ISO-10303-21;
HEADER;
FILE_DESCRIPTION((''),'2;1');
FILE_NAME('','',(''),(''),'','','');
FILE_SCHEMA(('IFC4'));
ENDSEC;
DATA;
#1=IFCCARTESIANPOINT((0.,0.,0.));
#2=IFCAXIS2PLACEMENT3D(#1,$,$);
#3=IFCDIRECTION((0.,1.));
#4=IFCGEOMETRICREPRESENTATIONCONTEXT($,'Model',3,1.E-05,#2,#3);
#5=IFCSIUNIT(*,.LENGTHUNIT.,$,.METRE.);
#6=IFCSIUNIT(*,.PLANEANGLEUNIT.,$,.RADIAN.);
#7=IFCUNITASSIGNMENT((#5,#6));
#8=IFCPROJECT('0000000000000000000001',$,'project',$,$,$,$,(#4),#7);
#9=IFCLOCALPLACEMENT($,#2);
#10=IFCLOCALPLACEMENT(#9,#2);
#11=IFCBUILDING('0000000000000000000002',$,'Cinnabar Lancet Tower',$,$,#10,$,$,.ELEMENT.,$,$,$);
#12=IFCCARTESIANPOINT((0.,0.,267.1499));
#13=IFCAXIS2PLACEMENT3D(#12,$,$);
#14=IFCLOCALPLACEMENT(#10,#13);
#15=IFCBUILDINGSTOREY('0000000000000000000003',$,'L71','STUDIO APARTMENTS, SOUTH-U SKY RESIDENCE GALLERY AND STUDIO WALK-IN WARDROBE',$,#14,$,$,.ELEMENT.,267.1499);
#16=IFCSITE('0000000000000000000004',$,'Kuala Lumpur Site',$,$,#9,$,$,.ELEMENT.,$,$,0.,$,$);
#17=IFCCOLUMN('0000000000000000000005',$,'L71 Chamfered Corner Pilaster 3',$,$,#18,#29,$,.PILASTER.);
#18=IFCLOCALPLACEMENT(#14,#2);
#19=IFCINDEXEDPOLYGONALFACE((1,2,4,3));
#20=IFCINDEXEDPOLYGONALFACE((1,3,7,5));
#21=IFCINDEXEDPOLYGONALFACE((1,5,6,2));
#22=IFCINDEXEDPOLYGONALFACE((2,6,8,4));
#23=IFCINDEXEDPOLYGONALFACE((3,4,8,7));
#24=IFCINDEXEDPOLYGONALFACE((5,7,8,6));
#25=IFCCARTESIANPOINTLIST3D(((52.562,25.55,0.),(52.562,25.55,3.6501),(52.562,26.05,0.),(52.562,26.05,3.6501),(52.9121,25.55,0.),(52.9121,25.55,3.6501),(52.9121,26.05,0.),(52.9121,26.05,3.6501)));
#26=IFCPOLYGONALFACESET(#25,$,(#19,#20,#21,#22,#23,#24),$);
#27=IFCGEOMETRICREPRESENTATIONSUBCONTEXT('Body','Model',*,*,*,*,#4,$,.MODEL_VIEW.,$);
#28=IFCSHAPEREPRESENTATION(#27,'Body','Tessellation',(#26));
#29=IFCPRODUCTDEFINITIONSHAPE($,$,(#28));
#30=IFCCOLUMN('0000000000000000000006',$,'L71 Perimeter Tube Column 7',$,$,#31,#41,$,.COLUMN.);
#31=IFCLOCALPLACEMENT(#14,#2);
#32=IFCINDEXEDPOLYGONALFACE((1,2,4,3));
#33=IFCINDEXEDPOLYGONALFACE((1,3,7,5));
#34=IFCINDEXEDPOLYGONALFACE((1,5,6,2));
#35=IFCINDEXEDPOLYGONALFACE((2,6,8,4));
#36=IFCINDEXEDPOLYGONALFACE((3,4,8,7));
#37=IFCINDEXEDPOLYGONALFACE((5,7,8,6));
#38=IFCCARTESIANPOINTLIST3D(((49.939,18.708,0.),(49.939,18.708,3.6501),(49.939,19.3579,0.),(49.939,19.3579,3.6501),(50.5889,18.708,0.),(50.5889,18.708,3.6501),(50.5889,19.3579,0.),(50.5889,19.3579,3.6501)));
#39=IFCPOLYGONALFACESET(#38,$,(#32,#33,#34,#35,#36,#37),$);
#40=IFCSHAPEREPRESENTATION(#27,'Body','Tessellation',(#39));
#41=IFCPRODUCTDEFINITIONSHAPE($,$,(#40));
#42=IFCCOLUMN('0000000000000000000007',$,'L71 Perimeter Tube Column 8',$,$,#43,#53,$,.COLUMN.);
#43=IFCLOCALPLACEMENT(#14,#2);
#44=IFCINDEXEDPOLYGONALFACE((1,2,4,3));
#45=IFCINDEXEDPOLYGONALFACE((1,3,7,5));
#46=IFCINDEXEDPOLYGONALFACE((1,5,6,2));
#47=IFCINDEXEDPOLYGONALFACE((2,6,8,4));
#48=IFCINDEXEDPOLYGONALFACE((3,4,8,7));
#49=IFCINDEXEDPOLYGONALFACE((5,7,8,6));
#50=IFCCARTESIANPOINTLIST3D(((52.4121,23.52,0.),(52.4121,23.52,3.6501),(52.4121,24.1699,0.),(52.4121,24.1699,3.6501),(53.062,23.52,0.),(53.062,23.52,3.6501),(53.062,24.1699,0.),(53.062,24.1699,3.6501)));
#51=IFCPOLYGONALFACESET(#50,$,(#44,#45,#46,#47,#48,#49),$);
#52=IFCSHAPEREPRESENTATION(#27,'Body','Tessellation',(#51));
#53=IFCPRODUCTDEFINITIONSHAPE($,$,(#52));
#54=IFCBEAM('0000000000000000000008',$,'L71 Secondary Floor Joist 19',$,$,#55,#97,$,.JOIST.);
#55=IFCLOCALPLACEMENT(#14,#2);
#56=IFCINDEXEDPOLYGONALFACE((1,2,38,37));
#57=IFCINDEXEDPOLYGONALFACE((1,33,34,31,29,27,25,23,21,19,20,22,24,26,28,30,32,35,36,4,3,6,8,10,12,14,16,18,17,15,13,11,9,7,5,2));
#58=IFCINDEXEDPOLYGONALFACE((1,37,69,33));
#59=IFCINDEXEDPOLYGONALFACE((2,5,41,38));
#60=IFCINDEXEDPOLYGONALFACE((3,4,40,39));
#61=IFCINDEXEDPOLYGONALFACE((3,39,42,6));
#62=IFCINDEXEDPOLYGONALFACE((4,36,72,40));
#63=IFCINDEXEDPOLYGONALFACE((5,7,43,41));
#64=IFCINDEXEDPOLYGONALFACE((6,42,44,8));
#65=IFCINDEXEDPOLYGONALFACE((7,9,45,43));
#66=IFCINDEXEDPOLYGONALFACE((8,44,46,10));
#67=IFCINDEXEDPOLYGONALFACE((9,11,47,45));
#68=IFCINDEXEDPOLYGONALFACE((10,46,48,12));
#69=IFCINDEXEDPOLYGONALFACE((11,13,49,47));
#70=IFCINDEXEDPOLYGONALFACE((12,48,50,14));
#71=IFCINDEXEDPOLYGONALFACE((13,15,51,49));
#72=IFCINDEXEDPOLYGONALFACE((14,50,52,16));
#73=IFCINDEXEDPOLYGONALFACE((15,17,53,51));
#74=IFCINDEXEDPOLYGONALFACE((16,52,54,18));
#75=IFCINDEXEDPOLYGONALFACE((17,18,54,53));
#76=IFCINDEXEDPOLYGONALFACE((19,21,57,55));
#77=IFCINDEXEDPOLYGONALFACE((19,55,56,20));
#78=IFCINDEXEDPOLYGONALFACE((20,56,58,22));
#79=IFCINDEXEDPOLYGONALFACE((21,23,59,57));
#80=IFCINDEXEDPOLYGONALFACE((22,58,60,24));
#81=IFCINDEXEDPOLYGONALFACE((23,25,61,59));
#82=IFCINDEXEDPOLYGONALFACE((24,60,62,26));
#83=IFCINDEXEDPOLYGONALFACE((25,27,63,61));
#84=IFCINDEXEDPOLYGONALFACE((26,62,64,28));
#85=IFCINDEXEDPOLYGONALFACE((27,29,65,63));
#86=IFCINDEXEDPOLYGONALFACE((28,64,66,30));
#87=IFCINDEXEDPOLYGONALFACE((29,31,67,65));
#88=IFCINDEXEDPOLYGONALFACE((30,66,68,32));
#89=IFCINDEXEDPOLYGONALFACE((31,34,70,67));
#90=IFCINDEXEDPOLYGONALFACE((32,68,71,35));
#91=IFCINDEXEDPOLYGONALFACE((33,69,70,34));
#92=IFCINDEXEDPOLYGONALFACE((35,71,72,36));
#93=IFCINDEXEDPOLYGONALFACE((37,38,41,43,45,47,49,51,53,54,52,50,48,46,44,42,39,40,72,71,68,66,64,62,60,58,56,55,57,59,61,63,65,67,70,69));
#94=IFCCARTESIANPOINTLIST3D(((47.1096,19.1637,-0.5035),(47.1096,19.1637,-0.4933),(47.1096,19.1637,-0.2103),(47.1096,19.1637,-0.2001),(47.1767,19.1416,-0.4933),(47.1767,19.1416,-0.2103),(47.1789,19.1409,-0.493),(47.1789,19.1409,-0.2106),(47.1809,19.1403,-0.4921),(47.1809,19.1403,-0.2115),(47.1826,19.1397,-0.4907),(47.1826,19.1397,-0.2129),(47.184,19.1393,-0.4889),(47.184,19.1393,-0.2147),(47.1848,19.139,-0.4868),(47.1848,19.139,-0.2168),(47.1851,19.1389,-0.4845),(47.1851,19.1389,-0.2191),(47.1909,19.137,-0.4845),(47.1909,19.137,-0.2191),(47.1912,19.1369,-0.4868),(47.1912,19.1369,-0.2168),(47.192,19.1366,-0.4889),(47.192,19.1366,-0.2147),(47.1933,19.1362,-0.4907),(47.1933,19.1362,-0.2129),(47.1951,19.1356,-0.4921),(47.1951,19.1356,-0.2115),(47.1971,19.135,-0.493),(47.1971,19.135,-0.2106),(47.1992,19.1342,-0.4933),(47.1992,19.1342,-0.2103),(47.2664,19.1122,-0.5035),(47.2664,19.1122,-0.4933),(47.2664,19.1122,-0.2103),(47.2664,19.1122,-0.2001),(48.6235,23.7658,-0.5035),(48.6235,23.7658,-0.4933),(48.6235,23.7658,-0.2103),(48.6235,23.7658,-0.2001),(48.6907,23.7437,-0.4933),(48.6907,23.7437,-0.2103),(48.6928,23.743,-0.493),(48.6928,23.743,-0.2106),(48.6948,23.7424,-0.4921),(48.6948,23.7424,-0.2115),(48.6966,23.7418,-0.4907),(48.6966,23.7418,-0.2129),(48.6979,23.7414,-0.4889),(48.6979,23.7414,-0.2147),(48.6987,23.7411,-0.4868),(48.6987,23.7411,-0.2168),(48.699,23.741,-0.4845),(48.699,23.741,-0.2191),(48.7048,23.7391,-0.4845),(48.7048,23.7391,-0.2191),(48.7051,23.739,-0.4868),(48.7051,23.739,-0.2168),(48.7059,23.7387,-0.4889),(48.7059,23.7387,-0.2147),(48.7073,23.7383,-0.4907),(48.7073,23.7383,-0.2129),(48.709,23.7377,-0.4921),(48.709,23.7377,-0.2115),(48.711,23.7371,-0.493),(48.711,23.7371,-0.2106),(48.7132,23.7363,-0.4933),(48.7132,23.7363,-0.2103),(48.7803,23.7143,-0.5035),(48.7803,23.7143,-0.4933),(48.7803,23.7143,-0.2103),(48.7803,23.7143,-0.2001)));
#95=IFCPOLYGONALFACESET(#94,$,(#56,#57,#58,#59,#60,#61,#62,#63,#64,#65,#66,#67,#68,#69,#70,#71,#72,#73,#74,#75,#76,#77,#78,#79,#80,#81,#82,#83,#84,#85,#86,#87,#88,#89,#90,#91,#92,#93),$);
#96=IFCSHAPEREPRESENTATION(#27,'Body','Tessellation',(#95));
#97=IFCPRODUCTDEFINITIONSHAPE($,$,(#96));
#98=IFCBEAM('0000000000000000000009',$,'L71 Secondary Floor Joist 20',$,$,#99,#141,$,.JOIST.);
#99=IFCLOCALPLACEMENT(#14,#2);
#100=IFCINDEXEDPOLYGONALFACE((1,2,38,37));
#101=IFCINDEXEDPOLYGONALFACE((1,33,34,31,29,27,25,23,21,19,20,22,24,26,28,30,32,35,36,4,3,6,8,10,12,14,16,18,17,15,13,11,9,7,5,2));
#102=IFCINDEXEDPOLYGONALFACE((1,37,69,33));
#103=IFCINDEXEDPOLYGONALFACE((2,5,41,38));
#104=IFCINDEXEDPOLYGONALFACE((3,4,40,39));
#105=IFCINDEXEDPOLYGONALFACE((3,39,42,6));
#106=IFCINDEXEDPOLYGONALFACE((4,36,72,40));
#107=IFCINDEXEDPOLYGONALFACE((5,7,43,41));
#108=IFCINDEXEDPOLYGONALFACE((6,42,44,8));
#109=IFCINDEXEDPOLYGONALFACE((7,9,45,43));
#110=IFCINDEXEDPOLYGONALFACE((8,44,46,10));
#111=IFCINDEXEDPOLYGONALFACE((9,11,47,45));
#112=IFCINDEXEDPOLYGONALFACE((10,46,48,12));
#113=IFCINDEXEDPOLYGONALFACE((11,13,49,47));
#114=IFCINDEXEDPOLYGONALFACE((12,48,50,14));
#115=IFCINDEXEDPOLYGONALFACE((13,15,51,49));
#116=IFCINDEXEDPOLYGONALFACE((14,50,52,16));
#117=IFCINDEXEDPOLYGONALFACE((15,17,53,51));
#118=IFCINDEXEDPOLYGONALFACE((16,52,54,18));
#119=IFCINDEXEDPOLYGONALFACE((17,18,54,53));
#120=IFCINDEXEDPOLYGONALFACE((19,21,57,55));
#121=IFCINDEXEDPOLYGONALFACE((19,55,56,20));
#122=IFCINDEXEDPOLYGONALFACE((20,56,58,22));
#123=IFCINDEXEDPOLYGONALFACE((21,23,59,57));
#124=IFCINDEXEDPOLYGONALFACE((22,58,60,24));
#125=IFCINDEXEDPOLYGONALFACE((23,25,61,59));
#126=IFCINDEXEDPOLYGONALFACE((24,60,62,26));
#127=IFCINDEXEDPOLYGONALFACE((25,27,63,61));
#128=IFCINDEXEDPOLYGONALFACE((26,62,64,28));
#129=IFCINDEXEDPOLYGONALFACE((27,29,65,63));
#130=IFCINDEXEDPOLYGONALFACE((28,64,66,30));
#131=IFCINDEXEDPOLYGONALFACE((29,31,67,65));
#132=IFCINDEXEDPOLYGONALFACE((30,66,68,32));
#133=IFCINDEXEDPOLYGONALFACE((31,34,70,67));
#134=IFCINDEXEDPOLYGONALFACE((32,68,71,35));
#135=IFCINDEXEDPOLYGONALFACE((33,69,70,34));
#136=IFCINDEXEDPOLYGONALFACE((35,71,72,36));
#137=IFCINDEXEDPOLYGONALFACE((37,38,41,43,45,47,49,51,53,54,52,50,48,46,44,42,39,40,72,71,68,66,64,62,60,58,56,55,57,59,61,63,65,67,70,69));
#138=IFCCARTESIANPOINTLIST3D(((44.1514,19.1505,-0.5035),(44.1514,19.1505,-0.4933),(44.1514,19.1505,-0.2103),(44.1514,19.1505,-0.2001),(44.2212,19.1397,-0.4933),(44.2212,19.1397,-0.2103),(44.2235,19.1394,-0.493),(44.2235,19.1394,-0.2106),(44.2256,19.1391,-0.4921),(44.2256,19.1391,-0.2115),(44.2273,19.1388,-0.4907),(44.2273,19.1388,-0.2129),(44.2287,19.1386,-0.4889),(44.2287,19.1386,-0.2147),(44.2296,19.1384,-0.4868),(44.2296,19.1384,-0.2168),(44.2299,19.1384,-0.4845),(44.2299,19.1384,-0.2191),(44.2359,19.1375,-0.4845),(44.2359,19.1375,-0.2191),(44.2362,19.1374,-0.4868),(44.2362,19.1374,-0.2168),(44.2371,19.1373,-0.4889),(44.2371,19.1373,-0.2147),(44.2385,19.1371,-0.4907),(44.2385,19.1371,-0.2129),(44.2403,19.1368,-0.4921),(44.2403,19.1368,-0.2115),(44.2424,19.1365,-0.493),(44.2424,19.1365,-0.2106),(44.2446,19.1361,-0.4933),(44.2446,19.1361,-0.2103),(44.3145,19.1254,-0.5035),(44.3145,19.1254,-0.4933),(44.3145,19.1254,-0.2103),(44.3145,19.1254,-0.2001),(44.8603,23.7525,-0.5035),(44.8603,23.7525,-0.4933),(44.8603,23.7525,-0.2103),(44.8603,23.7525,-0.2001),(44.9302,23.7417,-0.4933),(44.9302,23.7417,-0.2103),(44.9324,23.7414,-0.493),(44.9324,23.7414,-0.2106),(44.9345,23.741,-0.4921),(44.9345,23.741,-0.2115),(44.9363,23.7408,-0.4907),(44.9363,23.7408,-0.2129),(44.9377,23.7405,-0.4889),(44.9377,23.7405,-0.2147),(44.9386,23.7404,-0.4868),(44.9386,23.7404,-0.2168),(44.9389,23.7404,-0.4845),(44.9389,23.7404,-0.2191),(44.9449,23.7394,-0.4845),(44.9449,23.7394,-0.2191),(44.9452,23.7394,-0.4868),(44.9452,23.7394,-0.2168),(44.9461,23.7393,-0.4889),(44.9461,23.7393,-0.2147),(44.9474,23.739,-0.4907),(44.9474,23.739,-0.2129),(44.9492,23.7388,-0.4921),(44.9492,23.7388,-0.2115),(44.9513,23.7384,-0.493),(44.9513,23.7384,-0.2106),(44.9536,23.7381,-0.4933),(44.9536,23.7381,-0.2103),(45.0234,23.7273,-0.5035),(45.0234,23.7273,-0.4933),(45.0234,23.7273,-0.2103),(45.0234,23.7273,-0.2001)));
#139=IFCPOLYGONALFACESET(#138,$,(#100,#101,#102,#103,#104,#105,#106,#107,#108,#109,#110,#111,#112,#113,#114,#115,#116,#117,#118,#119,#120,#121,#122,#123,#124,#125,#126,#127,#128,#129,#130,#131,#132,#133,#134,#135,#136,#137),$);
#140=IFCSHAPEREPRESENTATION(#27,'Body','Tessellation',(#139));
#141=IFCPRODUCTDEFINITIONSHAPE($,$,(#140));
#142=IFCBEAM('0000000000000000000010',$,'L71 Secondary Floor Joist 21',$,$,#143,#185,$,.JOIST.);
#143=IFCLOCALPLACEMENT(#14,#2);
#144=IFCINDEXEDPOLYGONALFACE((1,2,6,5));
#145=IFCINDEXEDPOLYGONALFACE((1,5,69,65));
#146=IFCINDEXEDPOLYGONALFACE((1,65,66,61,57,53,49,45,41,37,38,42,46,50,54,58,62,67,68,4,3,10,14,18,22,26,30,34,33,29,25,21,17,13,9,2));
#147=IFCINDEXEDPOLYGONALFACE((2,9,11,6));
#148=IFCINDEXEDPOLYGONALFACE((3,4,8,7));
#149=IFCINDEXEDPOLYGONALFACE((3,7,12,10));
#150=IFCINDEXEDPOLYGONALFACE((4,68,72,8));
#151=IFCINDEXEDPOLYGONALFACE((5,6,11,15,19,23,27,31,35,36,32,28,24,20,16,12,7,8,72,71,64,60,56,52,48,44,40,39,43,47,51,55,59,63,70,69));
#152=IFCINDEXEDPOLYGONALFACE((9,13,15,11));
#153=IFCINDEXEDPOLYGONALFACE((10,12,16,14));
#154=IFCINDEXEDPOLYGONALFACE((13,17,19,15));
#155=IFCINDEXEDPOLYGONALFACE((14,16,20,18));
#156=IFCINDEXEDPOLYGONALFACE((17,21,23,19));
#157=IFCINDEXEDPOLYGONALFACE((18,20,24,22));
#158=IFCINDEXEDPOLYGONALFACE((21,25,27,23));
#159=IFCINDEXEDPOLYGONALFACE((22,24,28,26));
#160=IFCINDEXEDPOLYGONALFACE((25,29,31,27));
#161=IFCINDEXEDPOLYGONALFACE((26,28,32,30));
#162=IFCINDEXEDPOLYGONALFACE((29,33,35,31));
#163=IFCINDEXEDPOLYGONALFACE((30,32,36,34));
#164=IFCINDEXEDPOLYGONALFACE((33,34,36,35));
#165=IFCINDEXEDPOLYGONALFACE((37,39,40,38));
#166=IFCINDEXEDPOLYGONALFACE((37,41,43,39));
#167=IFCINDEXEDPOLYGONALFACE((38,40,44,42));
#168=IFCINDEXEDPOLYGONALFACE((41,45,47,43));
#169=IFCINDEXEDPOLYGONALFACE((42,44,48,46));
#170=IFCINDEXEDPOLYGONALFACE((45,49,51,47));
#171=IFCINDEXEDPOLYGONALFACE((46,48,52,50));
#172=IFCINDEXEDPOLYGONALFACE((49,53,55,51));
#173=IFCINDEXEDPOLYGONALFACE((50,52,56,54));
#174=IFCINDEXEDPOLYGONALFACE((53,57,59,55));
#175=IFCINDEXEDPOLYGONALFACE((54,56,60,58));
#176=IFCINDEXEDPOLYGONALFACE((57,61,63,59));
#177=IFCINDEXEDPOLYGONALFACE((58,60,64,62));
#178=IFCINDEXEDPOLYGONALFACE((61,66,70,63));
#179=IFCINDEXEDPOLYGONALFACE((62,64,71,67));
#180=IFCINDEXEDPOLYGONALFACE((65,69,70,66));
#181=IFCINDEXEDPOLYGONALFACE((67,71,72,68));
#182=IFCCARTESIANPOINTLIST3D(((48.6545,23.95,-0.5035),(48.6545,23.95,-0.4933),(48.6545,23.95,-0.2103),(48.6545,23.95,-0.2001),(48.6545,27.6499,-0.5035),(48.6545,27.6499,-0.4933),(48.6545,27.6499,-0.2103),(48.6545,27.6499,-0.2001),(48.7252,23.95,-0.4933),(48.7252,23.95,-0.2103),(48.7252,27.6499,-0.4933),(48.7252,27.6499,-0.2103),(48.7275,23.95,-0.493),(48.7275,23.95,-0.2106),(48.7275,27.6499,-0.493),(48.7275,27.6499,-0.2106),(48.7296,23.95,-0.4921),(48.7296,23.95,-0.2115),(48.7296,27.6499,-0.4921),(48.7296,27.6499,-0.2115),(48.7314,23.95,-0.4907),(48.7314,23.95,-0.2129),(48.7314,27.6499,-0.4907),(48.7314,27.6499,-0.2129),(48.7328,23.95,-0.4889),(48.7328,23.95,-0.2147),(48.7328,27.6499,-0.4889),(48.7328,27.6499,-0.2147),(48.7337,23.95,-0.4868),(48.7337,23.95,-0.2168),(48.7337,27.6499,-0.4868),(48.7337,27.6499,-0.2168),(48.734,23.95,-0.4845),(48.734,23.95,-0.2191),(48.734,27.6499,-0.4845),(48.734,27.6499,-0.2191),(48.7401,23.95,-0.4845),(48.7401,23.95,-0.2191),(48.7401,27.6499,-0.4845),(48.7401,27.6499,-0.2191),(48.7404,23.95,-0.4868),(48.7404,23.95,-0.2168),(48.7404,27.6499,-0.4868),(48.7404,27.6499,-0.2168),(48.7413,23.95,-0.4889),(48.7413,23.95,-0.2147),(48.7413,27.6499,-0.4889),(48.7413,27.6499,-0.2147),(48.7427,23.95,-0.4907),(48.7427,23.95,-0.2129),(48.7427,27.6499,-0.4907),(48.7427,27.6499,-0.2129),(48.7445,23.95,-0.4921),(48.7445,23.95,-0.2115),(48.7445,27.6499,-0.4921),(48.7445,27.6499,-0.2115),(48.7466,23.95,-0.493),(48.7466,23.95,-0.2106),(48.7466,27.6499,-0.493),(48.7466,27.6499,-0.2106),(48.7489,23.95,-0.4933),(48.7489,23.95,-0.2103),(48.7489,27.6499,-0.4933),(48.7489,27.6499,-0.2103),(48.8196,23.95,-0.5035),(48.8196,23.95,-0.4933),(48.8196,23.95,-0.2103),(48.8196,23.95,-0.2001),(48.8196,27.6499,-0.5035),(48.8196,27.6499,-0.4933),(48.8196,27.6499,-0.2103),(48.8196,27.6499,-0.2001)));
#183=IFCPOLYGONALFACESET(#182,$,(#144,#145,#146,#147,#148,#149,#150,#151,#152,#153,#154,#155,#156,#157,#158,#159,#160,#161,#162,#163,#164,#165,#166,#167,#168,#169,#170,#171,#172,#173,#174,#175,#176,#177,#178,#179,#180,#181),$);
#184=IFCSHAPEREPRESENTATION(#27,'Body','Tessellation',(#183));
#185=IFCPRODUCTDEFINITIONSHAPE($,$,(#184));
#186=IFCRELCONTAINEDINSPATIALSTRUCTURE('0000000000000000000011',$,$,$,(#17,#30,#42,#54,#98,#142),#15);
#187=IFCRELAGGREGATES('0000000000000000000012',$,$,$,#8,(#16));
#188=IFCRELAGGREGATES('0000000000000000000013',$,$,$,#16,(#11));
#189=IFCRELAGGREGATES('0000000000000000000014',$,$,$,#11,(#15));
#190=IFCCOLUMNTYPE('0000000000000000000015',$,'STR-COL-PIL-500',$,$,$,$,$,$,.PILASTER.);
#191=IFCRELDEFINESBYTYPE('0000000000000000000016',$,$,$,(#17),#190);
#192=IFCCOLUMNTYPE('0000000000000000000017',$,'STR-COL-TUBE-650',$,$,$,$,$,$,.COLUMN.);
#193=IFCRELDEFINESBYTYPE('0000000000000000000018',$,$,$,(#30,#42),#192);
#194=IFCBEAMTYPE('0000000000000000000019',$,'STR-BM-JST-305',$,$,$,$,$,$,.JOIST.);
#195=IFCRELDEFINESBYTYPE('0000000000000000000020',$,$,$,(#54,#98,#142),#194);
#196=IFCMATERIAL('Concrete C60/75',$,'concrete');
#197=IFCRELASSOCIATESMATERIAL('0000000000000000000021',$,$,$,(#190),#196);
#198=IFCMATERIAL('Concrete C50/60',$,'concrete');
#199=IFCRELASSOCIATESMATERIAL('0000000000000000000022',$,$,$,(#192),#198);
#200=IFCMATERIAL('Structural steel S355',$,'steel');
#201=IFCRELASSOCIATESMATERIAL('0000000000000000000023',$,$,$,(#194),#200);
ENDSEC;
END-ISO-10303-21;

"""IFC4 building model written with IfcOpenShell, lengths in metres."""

from ifc_helpers import new_model, si_unit, direction, frame, origin, origin_2d, place, context, subcontext, project, spatial, rectangle, i_section, extrude, material, material_profile, profile_set, type_object, element, save


model = new_model("IFC4")

# Units and contexts
model_context = context("Model", 3, precision=1e-05, world=origin(), true_north=direction((0.0, 1.0)))
body_context = subcontext(model_context, "Body", "Model", "MODEL_VIEW")
ifc_project = project(units=[si_unit("LENGTHUNIT", "METRE"), si_unit("PLANEANGLEUNIT", "RADIAN")], contexts=[model_context])

# Site, building, storey
site_placement = place(None, origin())
site = spatial("IfcSite", under=ifc_project, at=site_placement, Name="Kuala Lumpur Site", CompositionType="ELEMENT", RefElevation=0.0)
building_placement = place(site_placement, origin())
building = spatial("IfcBuilding", under=site, at=building_placement, Name="Cinnabar Lancet Tower", CompositionType="ELEMENT")
storey_placement = place(building_placement, frame((0.0, 0.0, 267.1499)))
storey = spatial("IfcBuildingStorey", under=building, at=storey_placement, Name="L71", Description="STUDIO APARTMENTS, SOUTH-U SKY RESIDENCE GALLERY AND STUDIO WALK-IN WARDROBE", CompositionType="ELEMENT", Elevation=267.1499)

# Columns
ifc_material_1 = material(Name="Concrete C60/75", Category="concrete")
ifc_material_profile_1 = material_profile(ifc_material_1, rectangle(XDim=0.5, YDim=0.3501, at=origin_2d()), Name="RC-PIL 500x350")
ifc_profile_set_1 = profile_set([ifc_material_profile_1], Name="Concrete C60/75")
column_type_1 = type_object("IfcColumnType", Name="STR-COL-PIL-500", PredefinedType="PILASTER", material=ifc_profile_set_1)
column_placement = place(storey_placement, frame((52.7371, 25.8, 0.0), z_axis=(0.0, 0.0, 1.0), x_axis=(0.0, 1.0, 0.0)))
element("IfcColumn", 1, at=column_placement, inside=storey, type_object=column_type_1, Name="L71 Chamfered Corner Pilaster 3", PredefinedType="PILASTER", context=body_context, shape_type="SweptSolid", body=[
    extrude(rectangle(XDim=0.5, YDim=0.3501, at=origin_2d()), origin(), (0.0, 0.0, 1.0), 3.6501),
])
ifc_material_2 = material(Name="Concrete C50/60", Category="concrete")
ifc_material_profile_2 = material_profile(ifc_material_2, rectangle(XDim=0.6499, YDim=0.6499, at=origin_2d()), Name="RC-COL 650x650")
ifc_profile_set_2 = profile_set([ifc_material_profile_2], Name="Concrete C50/60")
column_type_2 = type_object("IfcColumnType", Name="STR-COL-TUBE-650", PredefinedType="COLUMN", material=ifc_profile_set_2)
for number, where, z_axis, x_axis, name in (
    (2, (50.2639, 19.033, 0.0), (0.0, 0.0, 1.0), (1.0, 0.0, 0.0), "L71 Perimeter Tube Column 7"),
    (3, (52.7371, 23.845, 0.0), (0.0, 0.0, 1.0), (1.0, 0.0, 0.0), "L71 Perimeter Tube Column 8"),
):
    element("IfcColumn", number, at=place(storey_placement, frame(where, z_axis=z_axis, x_axis=x_axis)), inside=storey, type_object=column_type_2, Name=name, PredefinedType="COLUMN", context=body_context, shape_type="SweptSolid", body=[
        extrude(rectangle(XDim=0.6499, YDim=0.6499, at=origin_2d()), origin(), (0.0, 0.0, 1.0), 3.6501),
    ])

# Beams
ifc_material_3 = material(Name="Structural steel S355", Category="steel")
ifc_material_profile_3 = material_profile(ifc_material_3, i_section(OverallWidth=0.165, OverallDepth=0.3035, WebThickness=0.0061, FlangeThickness=0.0103, FilletRadius=0.0088, at=origin_2d()), Name="UKB 305x165x40")
ifc_profile_set_3 = profile_set([ifc_material_profile_3], Name="Structural steel S355")
beam_type_1 = type_object("IfcBeamType", Name="STR-BM-JST-305", PredefinedType="JOIST", material=ifc_profile_set_3)
beam_1_placement = place(storey_placement, frame((47.188, 19.1379, -0.3518), z_axis=(0.312491, 0.949921, 0.0), x_axis=(-0.949921, 0.312491, 0.0)))
element("IfcBeam", 4, at=beam_1_placement, inside=storey, type_object=beam_type_1, Name="L71 Secondary Floor Joist 19", PredefinedType="JOIST", context=body_context, shape_type="SweptSolid", body=[
    extrude(i_section(OverallWidth=0.165, OverallDepth=0.3035, WebThickness=0.0061, FlangeThickness=0.0103, FilletRadius=0.0088, at=origin_2d()), origin(), (0.0, 0.0, 1.0), 4.8447),
])
beam_2_placement = place(storey_placement, frame((44.2329, 19.1379, -0.3518), z_axis=(0.152262, 0.98834, 0.0), x_axis=(-0.98834, 0.152262, 0.0)))
element("IfcBeam", 5, at=beam_2_placement, inside=storey, type_object=beam_type_1, Name="L71 Secondary Floor Joist 20", PredefinedType="JOIST", context=body_context, shape_type="SweptSolid", body=[
    extrude(i_section(OverallWidth=0.165, OverallDepth=0.3035, WebThickness=0.0061, FlangeThickness=0.0103, FilletRadius=0.0088, at=origin_2d()), origin(), (0.0, 0.0, 1.0), 4.6562),
])
for number, where, z_axis, x_axis, name in (
    (6, (48.7371, 23.95, -0.3518), (0.0, 1.0, 0.0), (-1.0, 0.0, 0.0), "L71 Secondary Floor Joist 21"),
):
    element("IfcBeam", number, at=place(storey_placement, frame(where, z_axis=z_axis, x_axis=x_axis)), inside=storey, type_object=beam_type_1, Name=name, PredefinedType="JOIST", context=body_context, shape_type="SweptSolid", body=[
        extrude(i_section(OverallWidth=0.165, OverallDepth=0.3035, WebThickness=0.0061, FlangeThickness=0.0103, FilletRadius=0.0088, at=origin_2d()), origin(), (0.0, 0.0, 1.0), 3.7),
    ])

save(model, "model.ifc")
